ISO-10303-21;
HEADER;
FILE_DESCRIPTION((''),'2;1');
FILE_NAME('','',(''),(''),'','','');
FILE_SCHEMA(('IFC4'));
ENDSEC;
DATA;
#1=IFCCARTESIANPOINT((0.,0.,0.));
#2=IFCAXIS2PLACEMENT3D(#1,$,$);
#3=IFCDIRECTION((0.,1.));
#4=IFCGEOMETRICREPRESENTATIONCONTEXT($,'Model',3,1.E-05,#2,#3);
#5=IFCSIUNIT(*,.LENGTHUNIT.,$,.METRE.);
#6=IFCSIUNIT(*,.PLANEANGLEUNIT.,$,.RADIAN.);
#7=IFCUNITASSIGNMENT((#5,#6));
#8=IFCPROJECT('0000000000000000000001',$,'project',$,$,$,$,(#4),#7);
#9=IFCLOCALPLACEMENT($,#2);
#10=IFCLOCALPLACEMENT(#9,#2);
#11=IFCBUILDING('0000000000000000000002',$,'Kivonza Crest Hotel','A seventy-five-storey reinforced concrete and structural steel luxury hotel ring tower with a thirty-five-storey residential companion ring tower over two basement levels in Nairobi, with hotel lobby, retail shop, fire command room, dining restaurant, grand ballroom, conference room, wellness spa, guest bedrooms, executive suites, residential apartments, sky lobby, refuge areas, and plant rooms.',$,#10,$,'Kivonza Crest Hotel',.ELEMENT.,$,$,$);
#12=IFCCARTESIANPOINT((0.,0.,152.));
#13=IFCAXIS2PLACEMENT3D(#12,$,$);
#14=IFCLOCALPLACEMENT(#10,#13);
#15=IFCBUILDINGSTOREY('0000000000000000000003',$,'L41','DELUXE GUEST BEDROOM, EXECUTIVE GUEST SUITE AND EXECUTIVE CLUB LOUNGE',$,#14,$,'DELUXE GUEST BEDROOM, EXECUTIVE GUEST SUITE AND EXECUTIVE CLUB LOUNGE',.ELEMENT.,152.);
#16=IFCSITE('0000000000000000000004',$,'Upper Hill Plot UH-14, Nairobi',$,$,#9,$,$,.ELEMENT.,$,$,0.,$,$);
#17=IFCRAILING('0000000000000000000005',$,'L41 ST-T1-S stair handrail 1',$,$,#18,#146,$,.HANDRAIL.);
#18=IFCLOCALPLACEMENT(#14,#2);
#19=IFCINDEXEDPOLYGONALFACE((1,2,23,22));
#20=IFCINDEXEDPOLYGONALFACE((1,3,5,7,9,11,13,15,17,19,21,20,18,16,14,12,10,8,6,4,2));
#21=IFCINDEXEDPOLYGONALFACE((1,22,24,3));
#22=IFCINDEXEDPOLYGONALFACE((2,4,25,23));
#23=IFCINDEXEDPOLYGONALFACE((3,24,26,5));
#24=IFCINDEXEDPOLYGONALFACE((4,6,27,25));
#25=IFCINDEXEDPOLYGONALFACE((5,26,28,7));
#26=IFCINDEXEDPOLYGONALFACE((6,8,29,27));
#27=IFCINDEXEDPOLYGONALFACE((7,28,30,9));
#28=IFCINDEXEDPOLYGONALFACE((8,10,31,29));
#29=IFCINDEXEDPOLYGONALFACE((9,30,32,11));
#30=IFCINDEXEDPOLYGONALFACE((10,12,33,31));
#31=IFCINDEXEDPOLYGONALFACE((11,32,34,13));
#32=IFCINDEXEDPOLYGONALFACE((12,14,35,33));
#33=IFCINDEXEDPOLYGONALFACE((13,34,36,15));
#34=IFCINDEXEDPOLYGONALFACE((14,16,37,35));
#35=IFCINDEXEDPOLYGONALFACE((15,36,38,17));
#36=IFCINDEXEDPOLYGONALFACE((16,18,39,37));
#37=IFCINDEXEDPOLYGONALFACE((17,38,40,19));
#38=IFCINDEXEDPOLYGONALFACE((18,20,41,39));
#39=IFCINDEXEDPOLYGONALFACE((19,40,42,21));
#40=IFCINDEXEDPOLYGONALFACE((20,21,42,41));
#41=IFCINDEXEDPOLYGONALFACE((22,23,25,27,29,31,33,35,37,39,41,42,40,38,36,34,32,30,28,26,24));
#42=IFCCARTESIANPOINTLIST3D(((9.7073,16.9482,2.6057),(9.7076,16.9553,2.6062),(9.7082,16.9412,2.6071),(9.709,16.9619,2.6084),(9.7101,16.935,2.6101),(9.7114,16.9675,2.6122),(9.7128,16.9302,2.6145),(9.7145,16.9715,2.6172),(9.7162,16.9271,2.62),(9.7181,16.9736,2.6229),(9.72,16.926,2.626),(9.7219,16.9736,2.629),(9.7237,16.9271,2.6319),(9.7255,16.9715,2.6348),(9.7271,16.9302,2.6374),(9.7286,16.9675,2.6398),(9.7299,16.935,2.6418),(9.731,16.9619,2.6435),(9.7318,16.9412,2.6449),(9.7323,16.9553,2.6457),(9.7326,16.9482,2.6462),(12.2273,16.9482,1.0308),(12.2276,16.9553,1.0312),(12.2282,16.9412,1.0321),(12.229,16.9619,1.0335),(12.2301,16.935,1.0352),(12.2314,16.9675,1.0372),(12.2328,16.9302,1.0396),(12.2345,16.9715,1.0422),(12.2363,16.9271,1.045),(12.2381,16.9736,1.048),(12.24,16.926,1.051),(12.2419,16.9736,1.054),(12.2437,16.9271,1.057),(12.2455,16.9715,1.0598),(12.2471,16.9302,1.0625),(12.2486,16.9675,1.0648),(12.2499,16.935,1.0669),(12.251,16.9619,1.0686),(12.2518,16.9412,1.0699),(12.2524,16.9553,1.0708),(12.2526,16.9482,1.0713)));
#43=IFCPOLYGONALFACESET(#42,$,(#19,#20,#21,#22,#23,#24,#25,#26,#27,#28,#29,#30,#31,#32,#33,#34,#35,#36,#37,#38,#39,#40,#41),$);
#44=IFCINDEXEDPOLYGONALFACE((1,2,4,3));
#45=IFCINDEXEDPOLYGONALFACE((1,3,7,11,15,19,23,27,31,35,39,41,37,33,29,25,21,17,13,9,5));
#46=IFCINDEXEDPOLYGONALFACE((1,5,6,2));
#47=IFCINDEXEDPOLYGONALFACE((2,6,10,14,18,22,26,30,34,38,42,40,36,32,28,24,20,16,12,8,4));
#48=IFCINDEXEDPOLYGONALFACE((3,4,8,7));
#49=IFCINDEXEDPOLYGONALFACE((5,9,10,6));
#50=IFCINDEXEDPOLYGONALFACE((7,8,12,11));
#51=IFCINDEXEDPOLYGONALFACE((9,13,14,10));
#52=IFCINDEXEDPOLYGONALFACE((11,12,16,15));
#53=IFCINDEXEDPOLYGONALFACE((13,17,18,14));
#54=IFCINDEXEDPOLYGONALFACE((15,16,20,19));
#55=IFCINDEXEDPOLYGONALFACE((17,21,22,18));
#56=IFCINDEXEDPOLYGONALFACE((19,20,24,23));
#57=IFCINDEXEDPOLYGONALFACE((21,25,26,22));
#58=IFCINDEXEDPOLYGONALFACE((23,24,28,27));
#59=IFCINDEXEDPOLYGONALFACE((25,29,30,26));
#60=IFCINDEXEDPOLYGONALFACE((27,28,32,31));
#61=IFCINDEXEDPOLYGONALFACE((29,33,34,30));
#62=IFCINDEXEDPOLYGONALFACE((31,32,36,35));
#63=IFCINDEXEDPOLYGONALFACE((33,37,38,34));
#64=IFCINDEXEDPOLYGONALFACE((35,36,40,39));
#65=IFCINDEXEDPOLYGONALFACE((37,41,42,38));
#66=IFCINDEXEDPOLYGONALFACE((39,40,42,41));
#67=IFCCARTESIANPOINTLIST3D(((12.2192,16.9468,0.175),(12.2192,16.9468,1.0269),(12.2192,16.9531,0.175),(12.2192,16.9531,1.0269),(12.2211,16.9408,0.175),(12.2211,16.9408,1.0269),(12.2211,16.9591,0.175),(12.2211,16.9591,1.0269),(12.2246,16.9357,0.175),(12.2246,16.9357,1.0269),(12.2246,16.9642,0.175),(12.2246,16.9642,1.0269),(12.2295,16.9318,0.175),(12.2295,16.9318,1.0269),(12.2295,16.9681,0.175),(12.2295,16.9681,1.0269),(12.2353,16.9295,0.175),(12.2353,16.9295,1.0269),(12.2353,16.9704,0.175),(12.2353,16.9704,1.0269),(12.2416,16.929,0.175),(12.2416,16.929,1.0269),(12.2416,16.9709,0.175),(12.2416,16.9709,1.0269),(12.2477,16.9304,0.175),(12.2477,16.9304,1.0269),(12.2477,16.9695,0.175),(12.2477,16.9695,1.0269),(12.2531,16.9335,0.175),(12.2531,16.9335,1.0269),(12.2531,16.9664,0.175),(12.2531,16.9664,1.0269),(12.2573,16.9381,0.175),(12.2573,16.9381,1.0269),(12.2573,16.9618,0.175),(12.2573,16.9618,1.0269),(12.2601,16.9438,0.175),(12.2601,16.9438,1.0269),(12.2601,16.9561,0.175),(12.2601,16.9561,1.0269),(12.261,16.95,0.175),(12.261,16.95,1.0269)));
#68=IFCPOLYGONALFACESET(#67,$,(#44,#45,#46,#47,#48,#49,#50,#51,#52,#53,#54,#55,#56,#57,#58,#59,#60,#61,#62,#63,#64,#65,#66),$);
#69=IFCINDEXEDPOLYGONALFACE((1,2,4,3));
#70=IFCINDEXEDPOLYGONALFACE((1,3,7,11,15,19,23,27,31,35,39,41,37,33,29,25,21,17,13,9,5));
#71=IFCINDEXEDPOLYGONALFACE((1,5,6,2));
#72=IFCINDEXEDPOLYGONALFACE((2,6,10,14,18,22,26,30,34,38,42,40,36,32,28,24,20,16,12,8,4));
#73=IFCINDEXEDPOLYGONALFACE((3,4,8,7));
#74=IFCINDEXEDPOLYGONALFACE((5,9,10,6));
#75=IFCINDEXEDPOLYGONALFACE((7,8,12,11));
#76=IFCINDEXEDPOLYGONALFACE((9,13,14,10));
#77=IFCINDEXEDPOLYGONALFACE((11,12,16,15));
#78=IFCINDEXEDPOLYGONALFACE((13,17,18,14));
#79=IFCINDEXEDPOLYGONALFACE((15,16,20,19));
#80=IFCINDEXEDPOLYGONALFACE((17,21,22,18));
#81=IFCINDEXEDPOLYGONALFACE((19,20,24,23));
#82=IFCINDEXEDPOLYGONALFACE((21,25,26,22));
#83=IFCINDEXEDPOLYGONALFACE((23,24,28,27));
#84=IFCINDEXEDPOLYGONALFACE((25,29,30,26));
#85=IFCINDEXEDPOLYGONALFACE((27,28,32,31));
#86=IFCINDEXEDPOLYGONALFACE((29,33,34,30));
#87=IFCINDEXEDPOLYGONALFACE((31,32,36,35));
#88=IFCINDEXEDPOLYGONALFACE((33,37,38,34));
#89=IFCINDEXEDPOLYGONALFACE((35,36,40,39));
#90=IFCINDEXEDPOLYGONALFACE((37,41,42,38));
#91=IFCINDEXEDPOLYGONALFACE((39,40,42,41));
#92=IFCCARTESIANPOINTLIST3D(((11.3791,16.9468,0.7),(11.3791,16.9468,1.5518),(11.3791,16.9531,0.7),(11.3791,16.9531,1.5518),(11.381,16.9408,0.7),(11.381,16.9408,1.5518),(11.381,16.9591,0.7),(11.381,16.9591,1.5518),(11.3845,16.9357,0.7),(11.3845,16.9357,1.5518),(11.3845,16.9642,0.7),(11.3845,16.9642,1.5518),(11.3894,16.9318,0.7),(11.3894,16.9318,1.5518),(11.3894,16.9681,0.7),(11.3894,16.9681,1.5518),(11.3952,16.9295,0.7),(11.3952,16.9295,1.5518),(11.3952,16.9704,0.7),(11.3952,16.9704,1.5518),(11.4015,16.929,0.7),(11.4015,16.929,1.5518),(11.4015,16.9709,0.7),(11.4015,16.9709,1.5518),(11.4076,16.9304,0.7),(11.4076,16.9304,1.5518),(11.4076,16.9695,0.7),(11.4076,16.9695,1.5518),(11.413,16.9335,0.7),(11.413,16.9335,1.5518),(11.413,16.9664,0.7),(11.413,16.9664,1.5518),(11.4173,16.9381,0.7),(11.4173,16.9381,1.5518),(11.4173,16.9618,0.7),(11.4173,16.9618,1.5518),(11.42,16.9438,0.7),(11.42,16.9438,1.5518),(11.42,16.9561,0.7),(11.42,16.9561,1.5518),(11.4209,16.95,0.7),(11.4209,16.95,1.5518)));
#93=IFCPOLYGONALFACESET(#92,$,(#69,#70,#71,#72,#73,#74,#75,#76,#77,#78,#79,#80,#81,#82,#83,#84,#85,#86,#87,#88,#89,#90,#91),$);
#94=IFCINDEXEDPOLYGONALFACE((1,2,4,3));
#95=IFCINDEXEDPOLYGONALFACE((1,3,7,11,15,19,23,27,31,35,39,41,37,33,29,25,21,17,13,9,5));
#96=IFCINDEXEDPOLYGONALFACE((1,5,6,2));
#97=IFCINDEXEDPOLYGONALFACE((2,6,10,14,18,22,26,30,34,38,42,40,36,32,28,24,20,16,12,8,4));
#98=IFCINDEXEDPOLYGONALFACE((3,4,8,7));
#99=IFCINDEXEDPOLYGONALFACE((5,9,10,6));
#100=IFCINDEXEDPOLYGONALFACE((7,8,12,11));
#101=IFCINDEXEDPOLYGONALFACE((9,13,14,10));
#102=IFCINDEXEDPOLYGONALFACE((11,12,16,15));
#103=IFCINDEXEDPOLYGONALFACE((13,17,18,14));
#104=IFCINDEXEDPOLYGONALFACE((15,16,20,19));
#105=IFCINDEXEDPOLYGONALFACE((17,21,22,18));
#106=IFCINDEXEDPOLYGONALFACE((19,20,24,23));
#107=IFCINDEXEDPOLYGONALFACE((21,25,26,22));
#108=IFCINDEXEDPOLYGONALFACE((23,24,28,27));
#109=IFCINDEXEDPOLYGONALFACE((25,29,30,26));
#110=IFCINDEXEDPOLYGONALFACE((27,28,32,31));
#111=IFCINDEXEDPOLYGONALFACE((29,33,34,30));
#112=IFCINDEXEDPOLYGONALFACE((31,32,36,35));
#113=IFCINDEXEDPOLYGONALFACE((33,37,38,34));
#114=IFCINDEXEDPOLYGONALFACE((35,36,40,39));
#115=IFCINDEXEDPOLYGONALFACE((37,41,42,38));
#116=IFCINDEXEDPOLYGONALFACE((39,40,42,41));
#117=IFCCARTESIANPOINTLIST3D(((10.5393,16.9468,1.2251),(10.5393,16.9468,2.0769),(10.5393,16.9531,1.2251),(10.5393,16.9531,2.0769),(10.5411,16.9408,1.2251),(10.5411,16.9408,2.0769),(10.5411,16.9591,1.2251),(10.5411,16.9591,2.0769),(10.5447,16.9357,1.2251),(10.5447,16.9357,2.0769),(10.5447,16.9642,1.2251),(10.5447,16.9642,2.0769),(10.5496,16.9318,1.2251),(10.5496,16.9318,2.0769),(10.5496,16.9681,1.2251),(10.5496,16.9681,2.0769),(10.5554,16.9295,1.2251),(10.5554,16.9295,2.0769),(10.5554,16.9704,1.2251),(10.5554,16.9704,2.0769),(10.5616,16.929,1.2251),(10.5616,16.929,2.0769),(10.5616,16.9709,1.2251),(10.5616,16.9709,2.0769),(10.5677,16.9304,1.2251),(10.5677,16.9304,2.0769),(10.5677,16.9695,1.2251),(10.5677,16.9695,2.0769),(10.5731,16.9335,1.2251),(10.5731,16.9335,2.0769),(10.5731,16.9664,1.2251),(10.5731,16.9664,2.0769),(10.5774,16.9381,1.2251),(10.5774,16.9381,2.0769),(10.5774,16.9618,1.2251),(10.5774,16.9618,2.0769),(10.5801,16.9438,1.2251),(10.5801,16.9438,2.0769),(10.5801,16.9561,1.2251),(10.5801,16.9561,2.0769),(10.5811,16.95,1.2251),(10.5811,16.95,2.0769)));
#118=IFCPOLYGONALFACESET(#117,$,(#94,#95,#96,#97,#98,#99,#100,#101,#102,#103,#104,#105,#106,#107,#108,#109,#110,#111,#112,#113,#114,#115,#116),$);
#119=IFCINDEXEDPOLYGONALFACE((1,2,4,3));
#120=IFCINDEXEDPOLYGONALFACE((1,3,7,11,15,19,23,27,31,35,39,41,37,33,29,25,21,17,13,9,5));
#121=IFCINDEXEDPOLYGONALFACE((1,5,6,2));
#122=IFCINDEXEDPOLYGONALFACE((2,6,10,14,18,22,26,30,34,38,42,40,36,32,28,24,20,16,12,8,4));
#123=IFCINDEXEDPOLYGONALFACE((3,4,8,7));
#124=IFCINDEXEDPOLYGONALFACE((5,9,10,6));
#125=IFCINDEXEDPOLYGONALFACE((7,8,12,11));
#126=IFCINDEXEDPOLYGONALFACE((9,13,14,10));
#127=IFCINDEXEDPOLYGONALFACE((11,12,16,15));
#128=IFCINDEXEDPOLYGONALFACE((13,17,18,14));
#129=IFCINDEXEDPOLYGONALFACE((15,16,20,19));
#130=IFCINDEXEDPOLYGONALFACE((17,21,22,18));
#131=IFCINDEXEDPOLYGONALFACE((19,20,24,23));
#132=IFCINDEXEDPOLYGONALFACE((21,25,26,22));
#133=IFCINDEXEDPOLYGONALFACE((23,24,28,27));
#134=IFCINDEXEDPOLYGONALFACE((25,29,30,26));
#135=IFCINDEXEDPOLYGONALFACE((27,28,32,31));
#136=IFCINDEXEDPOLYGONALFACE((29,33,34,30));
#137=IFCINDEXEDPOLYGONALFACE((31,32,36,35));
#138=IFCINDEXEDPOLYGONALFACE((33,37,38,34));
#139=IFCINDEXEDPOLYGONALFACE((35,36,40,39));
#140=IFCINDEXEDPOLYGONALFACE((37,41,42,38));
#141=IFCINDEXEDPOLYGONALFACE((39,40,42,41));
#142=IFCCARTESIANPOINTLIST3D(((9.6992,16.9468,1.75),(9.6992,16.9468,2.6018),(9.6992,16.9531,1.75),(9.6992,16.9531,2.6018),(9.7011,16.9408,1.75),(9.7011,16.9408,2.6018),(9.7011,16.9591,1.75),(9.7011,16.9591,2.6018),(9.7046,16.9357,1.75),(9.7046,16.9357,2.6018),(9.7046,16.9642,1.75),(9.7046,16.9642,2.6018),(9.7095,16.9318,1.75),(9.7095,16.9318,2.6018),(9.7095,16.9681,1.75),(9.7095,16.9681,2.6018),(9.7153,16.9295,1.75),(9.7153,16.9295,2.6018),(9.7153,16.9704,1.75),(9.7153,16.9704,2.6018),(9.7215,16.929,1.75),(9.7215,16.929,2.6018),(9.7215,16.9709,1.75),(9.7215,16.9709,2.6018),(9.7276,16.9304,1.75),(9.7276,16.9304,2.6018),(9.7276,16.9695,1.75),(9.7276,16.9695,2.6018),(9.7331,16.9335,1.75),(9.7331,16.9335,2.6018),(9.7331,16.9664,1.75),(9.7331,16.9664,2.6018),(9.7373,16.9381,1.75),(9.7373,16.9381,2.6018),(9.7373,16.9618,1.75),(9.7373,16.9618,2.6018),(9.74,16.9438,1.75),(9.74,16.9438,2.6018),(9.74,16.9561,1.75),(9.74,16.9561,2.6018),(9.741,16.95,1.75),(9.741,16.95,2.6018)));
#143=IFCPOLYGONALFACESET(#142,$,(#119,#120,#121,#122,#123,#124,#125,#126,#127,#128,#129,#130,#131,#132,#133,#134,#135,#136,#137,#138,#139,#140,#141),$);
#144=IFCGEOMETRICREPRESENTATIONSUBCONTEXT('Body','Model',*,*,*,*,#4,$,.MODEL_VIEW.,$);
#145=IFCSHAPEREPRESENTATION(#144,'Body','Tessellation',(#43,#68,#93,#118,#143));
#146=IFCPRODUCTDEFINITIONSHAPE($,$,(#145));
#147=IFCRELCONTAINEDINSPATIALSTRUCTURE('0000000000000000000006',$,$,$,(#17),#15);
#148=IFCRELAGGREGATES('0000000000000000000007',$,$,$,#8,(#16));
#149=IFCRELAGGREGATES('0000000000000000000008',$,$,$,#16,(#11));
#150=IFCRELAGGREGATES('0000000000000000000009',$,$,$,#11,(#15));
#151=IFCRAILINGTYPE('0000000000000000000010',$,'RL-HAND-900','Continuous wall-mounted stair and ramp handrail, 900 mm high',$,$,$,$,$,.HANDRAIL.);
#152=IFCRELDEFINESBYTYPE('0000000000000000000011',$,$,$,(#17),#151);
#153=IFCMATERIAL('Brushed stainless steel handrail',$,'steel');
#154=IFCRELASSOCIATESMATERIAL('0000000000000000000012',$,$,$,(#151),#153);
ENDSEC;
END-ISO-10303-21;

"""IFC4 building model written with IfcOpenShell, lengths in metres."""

from ifc_helpers import new_model, si_unit, direction, frame, origin, origin_2d, place, context, subcontext, project, spatial, circle, extrude, material, type_object, element, save


model = new_model("IFC4")

# Units and contexts
model_context = context("Model", 3, precision=1e-05, world=origin(), true_north=direction((0.0, 1.0)))
body_context = subcontext(model_context, "Body", "Model", "MODEL_VIEW")
ifc_project = project(units=[si_unit("LENGTHUNIT", "METRE"), si_unit("PLANEANGLEUNIT", "RADIAN")], contexts=[model_context])

# Site, building, storey
site_placement = place(None, origin())
site = spatial("IfcSite", under=ifc_project, at=site_placement, Name="Upper Hill Plot UH-14, Nairobi", CompositionType="ELEMENT", RefElevation=0.0)
building_placement = place(site_placement, origin())
building = spatial("IfcBuilding", under=site, at=building_placement, Name="Kivonza Crest Hotel", Description="A seventy-five-storey reinforced concrete and structural steel luxury hotel ring tower with a thirty-five-storey residential companion ring tower over two basement levels in Nairobi, with hotel lobby, retail shop, fire command room, dining restaurant, grand ballroom, conference room, wellness spa, guest bedrooms, executive suites, residential apartments, sky lobby, refuge areas, and plant rooms.", LongName="Kivonza Crest Hotel", CompositionType="ELEMENT")
storey_placement = place(building_placement, frame((0.0, 0.0, 152.0)))
storey = spatial("IfcBuildingStorey", under=building, at=storey_placement, Name="L41", Description="DELUXE GUEST BEDROOM, EXECUTIVE GUEST SUITE AND EXECUTIVE CLUB LOUNGE", LongName="DELUXE GUEST BEDROOM, EXECUTIVE GUEST SUITE AND EXECUTIVE CLUB LOUNGE", CompositionType="ELEMENT", Elevation=152.0)

# Railing
ifc_material_1 = material(Name="Brushed stainless steel handrail", Category="steel")
railing_type_1 = type_object("IfcRailingType", Name="RL-HAND-900", Description="Continuous wall-mounted stair and ramp handrail, 900 mm high", PredefinedType="HANDRAIL", material=ifc_material_1)
railing_1_placement = place(storey_placement, frame((12.24, 16.95, 0.175)))
element("IfcRailing", 1, at=railing_1_placement, inside=storey, type_object=railing_type_1, Name="L41 ST-T1-S stair handrail 1", PredefinedType="HANDRAIL", context=body_context, shape_type="SweptSolid", body=[
    extrude(circle(Radius=0.0239, at=origin_2d()), frame((0.0, 0.0, 0.876), z_axis=(-0.848008, 0.0, 0.529984), x_axis=(0.0, -1.0, 0.0)), (0.0, 0.0, 1.0), 2.9717),
    extrude(circle(Radius=0.021, at=origin_2d()), origin(), (0.0, 0.0, 1.0), 0.8518),
    extrude(circle(Radius=0.021, at=origin_2d()), frame((-0.8401, 0.0, 0.5249)), (0.0, 0.0, 1.0), 0.8518),
    extrude(circle(Radius=0.021, at=origin_2d()), frame((-1.6799, 0.0, 1.05)), (0.0, 0.0, 1.0), 0.8518),
    extrude(circle(Radius=0.021, at=origin_2d()), frame((-2.52, 0.0, 1.575)), (0.0, 0.0, 1.0), 0.8518),
])

save(model, "model.ifc")
